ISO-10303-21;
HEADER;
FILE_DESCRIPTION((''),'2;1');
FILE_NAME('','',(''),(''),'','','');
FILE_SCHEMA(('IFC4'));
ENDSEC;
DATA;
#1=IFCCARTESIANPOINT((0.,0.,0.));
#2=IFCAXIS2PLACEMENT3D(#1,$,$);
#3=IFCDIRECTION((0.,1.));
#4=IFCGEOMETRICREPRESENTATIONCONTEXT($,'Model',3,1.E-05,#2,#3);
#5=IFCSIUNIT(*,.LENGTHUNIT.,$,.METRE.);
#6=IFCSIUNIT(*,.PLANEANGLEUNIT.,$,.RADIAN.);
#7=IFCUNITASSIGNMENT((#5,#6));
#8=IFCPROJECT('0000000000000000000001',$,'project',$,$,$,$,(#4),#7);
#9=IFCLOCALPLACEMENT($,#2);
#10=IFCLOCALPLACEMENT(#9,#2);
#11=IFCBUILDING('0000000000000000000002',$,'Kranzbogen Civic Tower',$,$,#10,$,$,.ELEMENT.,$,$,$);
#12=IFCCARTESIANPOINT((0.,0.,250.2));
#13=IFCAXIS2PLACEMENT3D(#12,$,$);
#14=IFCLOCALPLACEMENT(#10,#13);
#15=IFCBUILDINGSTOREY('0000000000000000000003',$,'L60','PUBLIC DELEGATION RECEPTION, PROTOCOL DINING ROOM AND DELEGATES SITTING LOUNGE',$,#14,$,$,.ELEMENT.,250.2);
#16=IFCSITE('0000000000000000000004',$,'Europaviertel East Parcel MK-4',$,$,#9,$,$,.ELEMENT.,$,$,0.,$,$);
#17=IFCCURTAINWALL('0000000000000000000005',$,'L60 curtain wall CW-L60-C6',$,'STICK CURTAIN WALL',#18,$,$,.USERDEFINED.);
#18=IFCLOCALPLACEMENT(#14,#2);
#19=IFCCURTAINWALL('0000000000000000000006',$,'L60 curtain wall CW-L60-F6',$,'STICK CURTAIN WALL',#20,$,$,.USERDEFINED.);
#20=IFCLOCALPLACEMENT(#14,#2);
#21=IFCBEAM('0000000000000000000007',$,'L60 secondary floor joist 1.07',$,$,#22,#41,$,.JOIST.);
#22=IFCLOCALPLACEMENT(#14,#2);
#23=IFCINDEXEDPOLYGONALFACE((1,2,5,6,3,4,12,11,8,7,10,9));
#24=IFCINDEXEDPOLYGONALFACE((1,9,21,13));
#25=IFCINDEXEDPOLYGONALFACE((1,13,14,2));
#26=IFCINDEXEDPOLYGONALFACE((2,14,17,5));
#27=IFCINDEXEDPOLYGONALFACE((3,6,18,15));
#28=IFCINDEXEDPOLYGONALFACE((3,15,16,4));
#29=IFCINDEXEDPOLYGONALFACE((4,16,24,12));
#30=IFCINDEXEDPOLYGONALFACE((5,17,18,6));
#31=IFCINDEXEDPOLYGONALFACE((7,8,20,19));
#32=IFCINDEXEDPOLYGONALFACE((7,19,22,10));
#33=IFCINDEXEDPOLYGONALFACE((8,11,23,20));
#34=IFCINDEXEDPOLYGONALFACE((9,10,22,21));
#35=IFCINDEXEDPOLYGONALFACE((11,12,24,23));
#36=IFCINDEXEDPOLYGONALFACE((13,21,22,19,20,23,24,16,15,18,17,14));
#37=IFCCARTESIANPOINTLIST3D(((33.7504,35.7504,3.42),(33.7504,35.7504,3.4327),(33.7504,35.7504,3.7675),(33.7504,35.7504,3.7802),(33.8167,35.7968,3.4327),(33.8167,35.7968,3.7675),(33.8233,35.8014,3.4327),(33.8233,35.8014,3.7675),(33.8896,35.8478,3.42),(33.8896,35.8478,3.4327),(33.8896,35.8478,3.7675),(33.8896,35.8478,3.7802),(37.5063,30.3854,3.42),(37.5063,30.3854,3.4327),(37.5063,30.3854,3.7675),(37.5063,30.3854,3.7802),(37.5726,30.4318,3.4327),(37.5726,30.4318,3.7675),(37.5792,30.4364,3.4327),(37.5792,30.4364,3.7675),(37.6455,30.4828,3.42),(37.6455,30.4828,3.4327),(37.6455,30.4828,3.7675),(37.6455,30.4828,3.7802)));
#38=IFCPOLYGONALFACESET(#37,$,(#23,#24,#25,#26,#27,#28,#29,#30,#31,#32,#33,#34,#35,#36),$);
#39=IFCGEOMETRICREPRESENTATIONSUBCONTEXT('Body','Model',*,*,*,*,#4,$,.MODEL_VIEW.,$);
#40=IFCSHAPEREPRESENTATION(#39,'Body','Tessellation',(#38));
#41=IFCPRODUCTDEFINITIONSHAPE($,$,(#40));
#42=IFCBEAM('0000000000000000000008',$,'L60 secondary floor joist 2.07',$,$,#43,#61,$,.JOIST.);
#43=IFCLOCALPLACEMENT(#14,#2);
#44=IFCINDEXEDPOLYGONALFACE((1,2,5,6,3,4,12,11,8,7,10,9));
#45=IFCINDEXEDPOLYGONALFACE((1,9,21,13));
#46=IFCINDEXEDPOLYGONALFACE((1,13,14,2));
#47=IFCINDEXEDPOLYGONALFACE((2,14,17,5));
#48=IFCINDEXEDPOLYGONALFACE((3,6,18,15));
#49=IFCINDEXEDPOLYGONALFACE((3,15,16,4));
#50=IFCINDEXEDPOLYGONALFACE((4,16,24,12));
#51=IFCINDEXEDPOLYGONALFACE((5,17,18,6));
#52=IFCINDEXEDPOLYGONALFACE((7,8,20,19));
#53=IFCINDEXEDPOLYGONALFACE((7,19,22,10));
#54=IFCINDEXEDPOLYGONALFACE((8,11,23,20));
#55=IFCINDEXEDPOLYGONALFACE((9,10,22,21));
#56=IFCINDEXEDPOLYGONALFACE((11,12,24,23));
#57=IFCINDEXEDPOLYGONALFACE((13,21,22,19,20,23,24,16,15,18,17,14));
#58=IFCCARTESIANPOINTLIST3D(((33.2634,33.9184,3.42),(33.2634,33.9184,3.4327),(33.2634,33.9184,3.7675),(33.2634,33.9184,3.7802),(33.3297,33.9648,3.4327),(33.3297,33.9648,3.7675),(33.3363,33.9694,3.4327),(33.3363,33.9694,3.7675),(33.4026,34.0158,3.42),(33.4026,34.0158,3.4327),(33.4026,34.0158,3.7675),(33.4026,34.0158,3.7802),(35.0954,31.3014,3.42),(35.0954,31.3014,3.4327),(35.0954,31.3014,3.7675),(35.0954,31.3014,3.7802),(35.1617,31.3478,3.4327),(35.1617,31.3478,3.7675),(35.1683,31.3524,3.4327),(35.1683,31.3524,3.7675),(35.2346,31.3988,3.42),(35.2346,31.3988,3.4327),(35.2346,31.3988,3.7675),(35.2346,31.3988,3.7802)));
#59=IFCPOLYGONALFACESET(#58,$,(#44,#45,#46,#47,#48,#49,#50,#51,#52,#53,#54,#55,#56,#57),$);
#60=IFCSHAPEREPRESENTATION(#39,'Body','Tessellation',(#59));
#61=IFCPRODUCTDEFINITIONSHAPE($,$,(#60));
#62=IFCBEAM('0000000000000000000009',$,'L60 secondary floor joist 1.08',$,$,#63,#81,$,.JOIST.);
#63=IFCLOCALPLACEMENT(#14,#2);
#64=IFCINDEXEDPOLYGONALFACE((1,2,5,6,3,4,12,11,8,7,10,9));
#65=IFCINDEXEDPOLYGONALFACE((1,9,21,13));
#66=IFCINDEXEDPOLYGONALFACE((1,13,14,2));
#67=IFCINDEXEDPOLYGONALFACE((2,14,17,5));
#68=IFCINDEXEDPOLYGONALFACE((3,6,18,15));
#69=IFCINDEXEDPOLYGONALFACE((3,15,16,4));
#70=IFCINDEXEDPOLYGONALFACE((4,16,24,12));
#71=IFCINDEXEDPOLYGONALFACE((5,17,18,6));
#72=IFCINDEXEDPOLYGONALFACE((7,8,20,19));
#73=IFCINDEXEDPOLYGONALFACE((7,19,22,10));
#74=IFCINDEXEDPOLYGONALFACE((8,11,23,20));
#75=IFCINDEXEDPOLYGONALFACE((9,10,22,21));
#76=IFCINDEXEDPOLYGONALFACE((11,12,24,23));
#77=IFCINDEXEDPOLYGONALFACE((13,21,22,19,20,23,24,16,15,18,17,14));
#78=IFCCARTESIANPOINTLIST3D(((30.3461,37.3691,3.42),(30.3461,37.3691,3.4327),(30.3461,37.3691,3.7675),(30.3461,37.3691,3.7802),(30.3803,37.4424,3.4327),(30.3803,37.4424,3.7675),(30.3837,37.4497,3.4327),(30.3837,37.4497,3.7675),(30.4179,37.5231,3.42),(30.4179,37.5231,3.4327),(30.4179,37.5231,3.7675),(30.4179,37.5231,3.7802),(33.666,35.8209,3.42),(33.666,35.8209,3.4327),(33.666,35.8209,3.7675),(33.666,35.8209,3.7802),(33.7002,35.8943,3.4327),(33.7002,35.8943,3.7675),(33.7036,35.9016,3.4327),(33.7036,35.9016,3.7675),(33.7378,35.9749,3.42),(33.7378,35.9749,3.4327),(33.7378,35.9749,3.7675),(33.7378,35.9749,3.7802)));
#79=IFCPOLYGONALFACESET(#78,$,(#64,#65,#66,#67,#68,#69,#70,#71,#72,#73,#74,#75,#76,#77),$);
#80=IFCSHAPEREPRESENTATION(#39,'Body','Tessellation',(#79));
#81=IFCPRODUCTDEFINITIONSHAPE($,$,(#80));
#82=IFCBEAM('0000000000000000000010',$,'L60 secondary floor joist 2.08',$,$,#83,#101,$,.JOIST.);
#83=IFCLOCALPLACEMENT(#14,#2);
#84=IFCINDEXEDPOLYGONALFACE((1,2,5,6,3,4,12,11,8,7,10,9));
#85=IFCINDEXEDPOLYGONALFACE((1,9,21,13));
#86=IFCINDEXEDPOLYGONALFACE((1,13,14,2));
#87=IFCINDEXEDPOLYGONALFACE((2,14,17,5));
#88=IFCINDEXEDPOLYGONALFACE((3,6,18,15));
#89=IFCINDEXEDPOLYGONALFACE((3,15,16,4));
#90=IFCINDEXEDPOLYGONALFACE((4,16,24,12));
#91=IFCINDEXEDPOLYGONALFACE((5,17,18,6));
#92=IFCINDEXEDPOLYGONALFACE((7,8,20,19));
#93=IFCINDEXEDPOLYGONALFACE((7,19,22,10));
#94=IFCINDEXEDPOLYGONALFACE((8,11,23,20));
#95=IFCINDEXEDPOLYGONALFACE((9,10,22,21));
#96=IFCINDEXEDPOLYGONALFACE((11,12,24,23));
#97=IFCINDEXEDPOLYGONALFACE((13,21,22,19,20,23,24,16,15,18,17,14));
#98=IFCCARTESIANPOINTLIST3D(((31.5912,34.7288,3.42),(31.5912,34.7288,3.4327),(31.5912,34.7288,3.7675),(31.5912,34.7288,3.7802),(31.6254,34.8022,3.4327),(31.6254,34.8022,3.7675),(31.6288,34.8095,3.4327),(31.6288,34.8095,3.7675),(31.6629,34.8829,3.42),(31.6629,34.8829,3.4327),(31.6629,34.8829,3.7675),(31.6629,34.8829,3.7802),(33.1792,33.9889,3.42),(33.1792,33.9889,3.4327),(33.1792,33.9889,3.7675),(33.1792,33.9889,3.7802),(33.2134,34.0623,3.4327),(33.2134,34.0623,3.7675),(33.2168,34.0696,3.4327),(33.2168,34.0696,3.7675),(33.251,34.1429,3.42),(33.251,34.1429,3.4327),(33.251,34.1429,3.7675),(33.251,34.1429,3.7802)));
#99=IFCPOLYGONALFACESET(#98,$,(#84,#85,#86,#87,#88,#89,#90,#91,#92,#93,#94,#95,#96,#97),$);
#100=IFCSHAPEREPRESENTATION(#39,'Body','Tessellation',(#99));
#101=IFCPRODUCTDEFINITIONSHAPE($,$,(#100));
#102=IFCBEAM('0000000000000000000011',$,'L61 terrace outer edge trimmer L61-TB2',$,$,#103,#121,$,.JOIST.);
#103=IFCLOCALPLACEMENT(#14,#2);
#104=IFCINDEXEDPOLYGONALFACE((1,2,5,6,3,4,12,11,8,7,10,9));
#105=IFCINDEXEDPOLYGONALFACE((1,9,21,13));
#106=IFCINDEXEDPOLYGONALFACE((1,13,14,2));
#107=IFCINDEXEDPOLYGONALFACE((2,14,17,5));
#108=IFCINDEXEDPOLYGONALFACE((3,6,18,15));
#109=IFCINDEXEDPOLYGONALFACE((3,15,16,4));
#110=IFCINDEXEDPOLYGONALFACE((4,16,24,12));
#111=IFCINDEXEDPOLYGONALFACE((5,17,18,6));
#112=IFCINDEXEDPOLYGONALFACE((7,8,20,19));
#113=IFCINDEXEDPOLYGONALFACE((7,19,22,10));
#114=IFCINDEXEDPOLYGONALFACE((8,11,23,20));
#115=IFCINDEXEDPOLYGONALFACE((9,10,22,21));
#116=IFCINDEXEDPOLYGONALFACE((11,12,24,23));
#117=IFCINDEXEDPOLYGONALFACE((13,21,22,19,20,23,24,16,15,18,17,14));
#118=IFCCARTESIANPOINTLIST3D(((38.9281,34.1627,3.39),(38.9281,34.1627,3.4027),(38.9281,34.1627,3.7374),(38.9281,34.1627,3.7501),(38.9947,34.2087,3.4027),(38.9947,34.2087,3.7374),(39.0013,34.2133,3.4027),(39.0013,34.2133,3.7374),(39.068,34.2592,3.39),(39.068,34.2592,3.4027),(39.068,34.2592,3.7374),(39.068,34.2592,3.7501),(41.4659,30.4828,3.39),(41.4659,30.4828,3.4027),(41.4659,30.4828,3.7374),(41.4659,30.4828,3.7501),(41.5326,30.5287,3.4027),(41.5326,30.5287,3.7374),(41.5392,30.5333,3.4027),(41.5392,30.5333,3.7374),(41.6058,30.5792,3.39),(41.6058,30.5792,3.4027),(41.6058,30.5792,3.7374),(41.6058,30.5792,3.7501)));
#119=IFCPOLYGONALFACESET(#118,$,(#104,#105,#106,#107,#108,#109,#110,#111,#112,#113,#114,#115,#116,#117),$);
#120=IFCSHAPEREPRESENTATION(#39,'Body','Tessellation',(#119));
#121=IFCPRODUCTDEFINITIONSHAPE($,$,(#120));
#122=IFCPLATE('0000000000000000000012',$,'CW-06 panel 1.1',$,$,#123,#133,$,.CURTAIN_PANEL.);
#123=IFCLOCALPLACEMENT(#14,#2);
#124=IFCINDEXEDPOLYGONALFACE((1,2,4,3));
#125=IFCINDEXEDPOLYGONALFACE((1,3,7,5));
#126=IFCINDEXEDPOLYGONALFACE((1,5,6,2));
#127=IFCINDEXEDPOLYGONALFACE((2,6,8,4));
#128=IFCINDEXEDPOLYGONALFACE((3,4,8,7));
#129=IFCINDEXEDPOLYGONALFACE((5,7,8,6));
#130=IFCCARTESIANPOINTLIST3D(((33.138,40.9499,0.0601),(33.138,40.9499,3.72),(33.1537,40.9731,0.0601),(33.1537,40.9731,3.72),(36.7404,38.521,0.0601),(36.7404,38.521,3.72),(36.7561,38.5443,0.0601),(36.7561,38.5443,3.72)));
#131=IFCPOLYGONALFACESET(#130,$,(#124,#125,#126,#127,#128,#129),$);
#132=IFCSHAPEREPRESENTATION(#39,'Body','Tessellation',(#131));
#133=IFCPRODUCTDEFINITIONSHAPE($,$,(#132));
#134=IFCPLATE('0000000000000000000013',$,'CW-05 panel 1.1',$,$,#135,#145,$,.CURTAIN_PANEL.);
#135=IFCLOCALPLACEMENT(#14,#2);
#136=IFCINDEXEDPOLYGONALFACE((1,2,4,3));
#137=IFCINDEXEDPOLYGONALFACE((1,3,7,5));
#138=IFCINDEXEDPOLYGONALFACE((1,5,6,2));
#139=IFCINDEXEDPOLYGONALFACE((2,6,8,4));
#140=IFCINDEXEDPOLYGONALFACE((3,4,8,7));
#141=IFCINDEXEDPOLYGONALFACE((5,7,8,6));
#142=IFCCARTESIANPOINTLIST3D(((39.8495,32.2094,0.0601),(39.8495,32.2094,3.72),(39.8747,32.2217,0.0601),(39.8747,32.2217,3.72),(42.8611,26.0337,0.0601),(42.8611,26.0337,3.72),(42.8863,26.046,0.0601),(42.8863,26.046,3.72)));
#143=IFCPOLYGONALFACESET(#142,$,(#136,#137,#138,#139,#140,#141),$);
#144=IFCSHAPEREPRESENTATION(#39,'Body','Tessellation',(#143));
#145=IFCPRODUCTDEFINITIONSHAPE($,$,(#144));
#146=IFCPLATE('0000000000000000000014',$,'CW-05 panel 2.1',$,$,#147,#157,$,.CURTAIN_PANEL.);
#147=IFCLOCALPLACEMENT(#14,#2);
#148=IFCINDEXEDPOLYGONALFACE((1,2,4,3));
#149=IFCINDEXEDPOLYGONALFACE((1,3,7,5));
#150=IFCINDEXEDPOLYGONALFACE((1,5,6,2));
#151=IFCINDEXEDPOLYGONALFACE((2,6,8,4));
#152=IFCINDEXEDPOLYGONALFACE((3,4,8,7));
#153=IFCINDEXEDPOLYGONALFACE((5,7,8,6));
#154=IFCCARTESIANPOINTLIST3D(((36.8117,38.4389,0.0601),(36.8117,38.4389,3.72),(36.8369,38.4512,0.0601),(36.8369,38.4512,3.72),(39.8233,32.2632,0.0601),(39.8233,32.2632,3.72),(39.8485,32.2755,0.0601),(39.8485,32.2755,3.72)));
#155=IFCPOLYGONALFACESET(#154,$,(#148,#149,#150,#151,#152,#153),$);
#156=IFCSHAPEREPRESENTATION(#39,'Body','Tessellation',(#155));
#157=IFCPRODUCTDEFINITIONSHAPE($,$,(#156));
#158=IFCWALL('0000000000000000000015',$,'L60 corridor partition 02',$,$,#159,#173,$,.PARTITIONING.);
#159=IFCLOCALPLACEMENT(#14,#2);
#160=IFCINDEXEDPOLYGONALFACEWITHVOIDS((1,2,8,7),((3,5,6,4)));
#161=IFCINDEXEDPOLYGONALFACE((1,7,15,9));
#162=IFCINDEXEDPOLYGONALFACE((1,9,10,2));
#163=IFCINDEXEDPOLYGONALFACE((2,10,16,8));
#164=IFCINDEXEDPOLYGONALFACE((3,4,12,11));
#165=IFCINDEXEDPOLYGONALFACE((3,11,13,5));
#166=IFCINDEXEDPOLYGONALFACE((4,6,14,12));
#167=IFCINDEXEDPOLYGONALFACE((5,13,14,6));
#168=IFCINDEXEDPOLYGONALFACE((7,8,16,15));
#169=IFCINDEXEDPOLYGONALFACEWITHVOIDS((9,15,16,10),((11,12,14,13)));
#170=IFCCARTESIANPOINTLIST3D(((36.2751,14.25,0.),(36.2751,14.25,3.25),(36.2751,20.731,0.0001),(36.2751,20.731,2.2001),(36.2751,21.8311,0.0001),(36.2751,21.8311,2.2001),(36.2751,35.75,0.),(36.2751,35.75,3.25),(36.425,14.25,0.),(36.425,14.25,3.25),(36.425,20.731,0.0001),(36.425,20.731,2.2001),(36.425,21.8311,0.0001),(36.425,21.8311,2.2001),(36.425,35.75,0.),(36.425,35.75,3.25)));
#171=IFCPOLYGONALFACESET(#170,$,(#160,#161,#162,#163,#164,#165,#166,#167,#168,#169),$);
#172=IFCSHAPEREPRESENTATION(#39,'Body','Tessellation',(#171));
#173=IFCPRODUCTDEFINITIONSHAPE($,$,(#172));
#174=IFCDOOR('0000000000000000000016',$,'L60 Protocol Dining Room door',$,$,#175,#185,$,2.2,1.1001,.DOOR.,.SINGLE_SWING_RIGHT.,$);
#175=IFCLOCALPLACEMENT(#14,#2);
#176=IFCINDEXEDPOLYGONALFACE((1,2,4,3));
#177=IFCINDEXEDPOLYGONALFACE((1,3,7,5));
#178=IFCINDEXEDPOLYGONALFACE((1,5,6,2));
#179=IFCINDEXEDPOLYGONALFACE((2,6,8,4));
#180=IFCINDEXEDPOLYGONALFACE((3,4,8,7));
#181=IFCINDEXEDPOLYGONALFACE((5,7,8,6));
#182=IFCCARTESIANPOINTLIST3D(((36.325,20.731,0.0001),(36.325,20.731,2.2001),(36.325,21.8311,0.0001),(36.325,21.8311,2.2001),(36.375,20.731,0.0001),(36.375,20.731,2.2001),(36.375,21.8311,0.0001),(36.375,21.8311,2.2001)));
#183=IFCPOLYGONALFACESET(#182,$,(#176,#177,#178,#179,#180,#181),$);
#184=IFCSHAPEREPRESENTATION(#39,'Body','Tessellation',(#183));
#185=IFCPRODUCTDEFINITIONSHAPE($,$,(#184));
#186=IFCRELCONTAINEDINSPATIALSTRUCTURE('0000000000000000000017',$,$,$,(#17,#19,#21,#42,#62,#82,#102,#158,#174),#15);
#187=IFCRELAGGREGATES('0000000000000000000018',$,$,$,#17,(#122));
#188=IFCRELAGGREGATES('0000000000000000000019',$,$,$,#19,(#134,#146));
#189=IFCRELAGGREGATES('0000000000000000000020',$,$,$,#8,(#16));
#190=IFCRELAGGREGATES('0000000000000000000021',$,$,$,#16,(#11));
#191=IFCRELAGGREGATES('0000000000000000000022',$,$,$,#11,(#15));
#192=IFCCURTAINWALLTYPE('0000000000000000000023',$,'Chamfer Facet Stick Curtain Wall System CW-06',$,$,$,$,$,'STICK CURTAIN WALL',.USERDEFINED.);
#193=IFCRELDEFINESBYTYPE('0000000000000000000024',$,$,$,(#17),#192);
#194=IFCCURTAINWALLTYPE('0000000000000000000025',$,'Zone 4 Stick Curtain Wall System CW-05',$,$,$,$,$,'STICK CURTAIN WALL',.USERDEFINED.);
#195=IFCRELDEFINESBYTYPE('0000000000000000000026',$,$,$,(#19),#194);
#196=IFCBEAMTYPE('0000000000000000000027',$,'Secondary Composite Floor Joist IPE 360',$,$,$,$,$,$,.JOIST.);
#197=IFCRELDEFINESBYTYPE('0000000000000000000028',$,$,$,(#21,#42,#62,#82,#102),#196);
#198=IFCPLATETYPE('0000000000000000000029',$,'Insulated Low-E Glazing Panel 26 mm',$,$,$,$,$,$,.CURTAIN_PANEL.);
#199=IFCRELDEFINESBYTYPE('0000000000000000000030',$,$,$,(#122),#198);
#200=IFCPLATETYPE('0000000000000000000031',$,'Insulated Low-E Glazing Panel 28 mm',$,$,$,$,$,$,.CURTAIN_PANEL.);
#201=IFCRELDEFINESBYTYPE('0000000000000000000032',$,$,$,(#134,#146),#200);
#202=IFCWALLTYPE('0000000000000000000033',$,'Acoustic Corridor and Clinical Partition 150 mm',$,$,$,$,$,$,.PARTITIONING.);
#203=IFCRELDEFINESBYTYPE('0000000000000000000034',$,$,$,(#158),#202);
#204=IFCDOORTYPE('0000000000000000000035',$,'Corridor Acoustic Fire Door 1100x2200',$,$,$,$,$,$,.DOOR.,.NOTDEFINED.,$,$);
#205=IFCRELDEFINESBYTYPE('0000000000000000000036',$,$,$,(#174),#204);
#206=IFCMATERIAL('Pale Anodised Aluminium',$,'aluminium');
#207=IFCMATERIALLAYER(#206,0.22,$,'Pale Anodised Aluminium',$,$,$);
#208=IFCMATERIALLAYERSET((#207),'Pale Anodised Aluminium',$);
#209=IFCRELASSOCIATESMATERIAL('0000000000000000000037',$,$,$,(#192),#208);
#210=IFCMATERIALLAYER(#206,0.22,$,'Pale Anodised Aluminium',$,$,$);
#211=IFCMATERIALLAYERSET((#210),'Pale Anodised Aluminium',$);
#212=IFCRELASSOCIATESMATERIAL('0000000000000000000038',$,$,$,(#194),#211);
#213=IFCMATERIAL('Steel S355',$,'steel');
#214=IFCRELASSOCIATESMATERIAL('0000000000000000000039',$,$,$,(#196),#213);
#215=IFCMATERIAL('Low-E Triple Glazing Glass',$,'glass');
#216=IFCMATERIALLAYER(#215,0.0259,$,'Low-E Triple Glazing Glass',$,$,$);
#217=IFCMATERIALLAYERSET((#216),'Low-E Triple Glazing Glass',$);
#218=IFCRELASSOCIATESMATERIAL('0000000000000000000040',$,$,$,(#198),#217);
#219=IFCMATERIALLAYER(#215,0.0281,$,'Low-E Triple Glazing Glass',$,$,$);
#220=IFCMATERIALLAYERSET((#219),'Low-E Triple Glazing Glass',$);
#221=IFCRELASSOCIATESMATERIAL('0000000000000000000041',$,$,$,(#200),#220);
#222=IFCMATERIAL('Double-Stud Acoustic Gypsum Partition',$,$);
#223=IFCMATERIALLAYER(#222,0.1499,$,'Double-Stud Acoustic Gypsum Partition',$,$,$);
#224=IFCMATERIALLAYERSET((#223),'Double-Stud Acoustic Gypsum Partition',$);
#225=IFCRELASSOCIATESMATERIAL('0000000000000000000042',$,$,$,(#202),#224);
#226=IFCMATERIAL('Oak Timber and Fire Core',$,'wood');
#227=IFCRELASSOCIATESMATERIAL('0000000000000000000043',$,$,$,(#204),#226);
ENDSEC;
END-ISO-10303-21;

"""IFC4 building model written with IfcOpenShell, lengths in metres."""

from ifc_helpers import new_model, si_unit, direction, frame, frame_2d, origin, origin_2d, place, context, subcontext, project, spatial, rectangle, i_section, extrude, material, layer, layer_set, material_profile, profile_set, type_object, element, fill, aggregate, save


model = new_model("IFC4")

# Units and contexts
model_context = context("Model", 3, precision=1e-05, world=origin(), true_north=direction((0.0, 1.0)))
body_context = subcontext(model_context, "Body", "Model", "MODEL_VIEW")
ifc_project = project(units=[si_unit("LENGTHUNIT", "METRE"), si_unit("PLANEANGLEUNIT", "RADIAN")], contexts=[model_context])

# Site, building, storey
site_placement = place(None, origin())
site = spatial("IfcSite", under=ifc_project, at=site_placement, Name="Europaviertel East Parcel MK-4", CompositionType="ELEMENT", RefElevation=0.0)
building_placement = place(site_placement, origin())
building = spatial("IfcBuilding", under=site, at=building_placement, Name="Kranzbogen Civic Tower", CompositionType="ELEMENT")
storey_placement = place(building_placement, frame((0.0, 0.0, 250.2)))
storey = spatial("IfcBuildingStorey", under=building, at=storey_placement, Name="L60", Description="PUBLIC DELEGATION RECEPTION, PROTOCOL DINING ROOM AND DELEGATES SITTING LOUNGE", CompositionType="ELEMENT", Elevation=250.2)

# Shared definitions
ifc_material_1 = material(Name="Steel S355", Category="steel")

# Shared definitions
ifc_material_2 = material(Name="Pale Anodised Aluminium", Category="aluminium")
ifc_layer_1 = layer(ifc_material_2, 0.22, Name="Pale Anodised Aluminium")
ifc_layer_set_1 = layer_set([ifc_layer_1], Name="Pale Anodised Aluminium")
curtain_wall_type_1 = type_object("IfcCurtainWallType", Name="Chamfer Facet Stick Curtain Wall System CW-06", ElementType="STICK CURTAIN WALL", PredefinedType="USERDEFINED", material=ifc_layer_set_1)

# Curtain wall
curtain_wall_1_placement = place(storey_placement, origin())
curtain_wall_1 = element("IfcCurtainWall", 1, at=curtain_wall_1_placement, inside=storey, type_object=curtain_wall_type_1, Name="L60 curtain wall CW-L60-C6", ObjectType="STICK CURTAIN WALL", PredefinedType="USERDEFINED")

# Shared definitions
ifc_layer_2 = layer(ifc_material_2, 0.22, Name="Pale Anodised Aluminium")
ifc_layer_set_2 = layer_set([ifc_layer_2], Name="Pale Anodised Aluminium")
curtain_wall_type_2 = type_object("IfcCurtainWallType", Name="Zone 4 Stick Curtain Wall System CW-05", ElementType="STICK CURTAIN WALL", PredefinedType="USERDEFINED", material=ifc_layer_set_2)

# Curtain wall
curtain_wall_2_placement = place(storey_placement, origin())
curtain_wall_2 = element("IfcCurtainWall", 2, at=curtain_wall_2_placement, inside=storey, type_object=curtain_wall_type_2, Name="L60 curtain wall CW-L60-F6", ObjectType="STICK CURTAIN WALL", PredefinedType="USERDEFINED")

# Beams
ifc_material_profile_1 = material_profile(ifc_material_1, i_section(OverallWidth=0.1699, OverallDepth=0.3601, WebThickness=0.0081, FlangeThickness=0.0127, at=origin_2d()), Name="IPE 360")
ifc_profile_set_1 = profile_set([ifc_material_profile_1], Name="Steel S355")
beam_type_1 = type_object("IfcBeamType", Name="Secondary Composite Floor Joist IPE 360", PredefinedType="JOIST", material=ifc_profile_set_1)
beam_1_placement = place(storey_placement, frame((37.5759, 30.4341, 3.6001), z_axis=(-0.5735, 0.819206, 0.0), x_axis=(-0.819206, -0.5735, 0.0)))
element("IfcBeam", 3, at=beam_1_placement, inside=storey, type_object=beam_type_1, Name="L60 secondary floor joist 1.07", PredefinedType="JOIST", context=body_context, shape_type="SweptSolid", body=[
    extrude(i_section(OverallWidth=0.1699, OverallDepth=0.3601, WebThickness=0.0081, FlangeThickness=0.0127, at=origin_2d()), origin(), (0.0, 0.0, 1.0), 6.5491),
])
beam_2_placement = place(storey_placement, frame((35.165, 31.3501, 3.6001), z_axis=(-0.573498, 0.819207, 0.0), x_axis=(-0.819207, -0.573498, 0.0)))
element("IfcBeam", 4, at=beam_2_placement, inside=storey, type_object=beam_type_1, Name="L60 secondary floor joist 2.07", PredefinedType="JOIST", context=body_context, shape_type="SweptSolid", body=[
    extrude(i_section(OverallWidth=0.1699, OverallDepth=0.3601, WebThickness=0.0081, FlangeThickness=0.0127, at=origin_2d()), origin(), (0.0, 0.0, 1.0), 3.1946),
])
beam_3_placement = place(storey_placement, frame((33.7019, 35.8979, 3.6001), z_axis=(-0.906304, 0.422626, 0.0), x_axis=(-0.422626, -0.906304, 0.0)))
element("IfcBeam", 5, at=beam_3_placement, inside=storey, type_object=beam_type_1, Name="L60 secondary floor joist 1.08", PredefinedType="JOIST", context=body_context, shape_type="SweptSolid", body=[
    extrude(i_section(OverallWidth=0.1699, OverallDepth=0.3601, WebThickness=0.0081, FlangeThickness=0.0127, at=origin_2d()), origin(), (0.0, 0.0, 1.0), 3.6631),
])
beam_4_placement = place(storey_placement, frame((33.2151, 34.0659, 3.6001), z_axis=(-0.906432, 0.422351, 0.0), x_axis=(-0.422351, -0.906432, 0.0)))
element("IfcBeam", 6, at=beam_4_placement, inside=storey, type_object=beam_type_1, Name="L60 secondary floor joist 2.08", PredefinedType="JOIST", context=body_context, shape_type="SweptSolid", body=[
    extrude(i_section(OverallWidth=0.1699, OverallDepth=0.3601, WebThickness=0.0081, FlangeThickness=0.0127, at=origin_2d()), origin(), (0.0, 0.0, 1.0), 1.752),
])
beam_5_placement = place(storey_placement, frame((41.5359, 30.531, 3.5701), z_axis=(-0.567727, 0.823217, 0.0), x_axis=(-0.823217, -0.567727, 0.0)))
element("IfcBeam", 7, at=beam_5_placement, inside=storey, type_object=beam_type_1, Name="L61 terrace outer edge trimmer L61-TB2", PredefinedType="JOIST", context=body_context, shape_type="SweptSolid", body=[
    extrude(i_section(OverallWidth=0.1699, OverallDepth=0.3601, WebThickness=0.0081, FlangeThickness=0.0127, at=origin_2d()), origin(), (0.0, 0.0, 1.0), 4.4702),
])

# Plates
ifc_material_3 = material(Name="Low-E Triple Glazing Glass", Category="glass")
ifc_layer_3 = layer(ifc_material_3, 0.0259, Name="Low-E Triple Glazing Glass")
ifc_layer_set_3 = layer_set([ifc_layer_3], Name="Low-E Triple Glazing Glass")
plate_type_1 = type_object("IfcPlateType", Name="Insulated Low-E Glazing Panel 26 mm", PredefinedType="CURTAIN_PANEL", material=ifc_layer_set_3)
plate_1_placement = place(storey_placement, frame((34.947, 39.7471, 0.0601), z_axis=(0.0, 0.0, 1.0), x_axis=(-0.829145, 0.559034, 0.0)))
plate_1 = element("IfcPlate", 8, at=plate_1_placement, type_object=plate_type_1, Name="CW-06 panel 1.1", PredefinedType="CURTAIN_PANEL", context=body_context, shape_type="SweptSolid", body=[
    extrude(rectangle(XDim=4.3447, YDim=0.0281, at=origin_2d()), origin(), (0.0, 0.0, 1.0), 3.6599),
])
aggregate(curtain_wall_1, [plate_1])
ifc_layer_4 = layer(ifc_material_3, 0.0281, Name="Low-E Triple Glazing Glass")
ifc_layer_set_4 = layer_set([ifc_layer_4], Name="Low-E Triple Glazing Glass")
plate_type_2 = type_object("IfcPlateType", Name="Insulated Low-E Glazing Panel 28 mm", PredefinedType="CURTAIN_PANEL", material=ifc_layer_set_4)
plate_2_placement = place(storey_placement, frame((41.3679, 29.1277, 0.0601), z_axis=(0.0, 0.0, 1.0), x_axis=(-0.438313, 0.898822, 0.0)))
plate_2 = element("IfcPlate", 9, at=plate_2_placement, type_object=plate_type_2, Name="CW-05 panel 1.1", PredefinedType="CURTAIN_PANEL", context=body_context, shape_type="SweptSolid", body=[
    extrude(rectangle(XDim=6.8708, YDim=0.0281, at=origin_2d()), origin(), (0.0, 0.0, 1.0), 3.6599),
])
plate_3_placement = place(storey_placement, frame((38.3301, 35.3572, 0.0601), z_axis=(0.0, 0.0, 1.0), x_axis=(-0.438313, 0.898822, 0.0)))
plate_3 = element("IfcPlate", 10, at=plate_3_placement, type_object=plate_type_2, Name="CW-05 panel 2.1", PredefinedType="CURTAIN_PANEL", context=body_context, shape_type="SweptSolid", body=[
    extrude(rectangle(XDim=6.8708, YDim=0.0281, at=origin_2d()), origin(), (0.0, 0.0, 1.0), 3.6599),
])
aggregate(curtain_wall_2, [plate_2, plate_3])

# Wall, opening, door
ifc_material_4 = material(Name="Double-Stud Acoustic Gypsum Partition")
ifc_layer_5 = layer(ifc_material_4, 0.1499, Name="Double-Stud Acoustic Gypsum Partition")
ifc_layer_set_5 = layer_set([ifc_layer_5], Name="Double-Stud Acoustic Gypsum Partition")
wall_type_1 = type_object("IfcWallType", Name="Acoustic Corridor and Clinical Partition 150 mm", PredefinedType="PARTITIONING", material=ifc_layer_set_5)
wall_1_placement = place(storey_placement, frame((36.3501, 35.75, 0.0), z_axis=(0.0, 0.0, 1.0), x_axis=(0.0, -1.0, 0.0)))
wall_1 = element("IfcWall", 11, at=wall_1_placement, inside=storey, type_object=wall_type_1, Name="L60 corridor partition 02", PredefinedType="PARTITIONING", context=body_context, shape_type="SweptSolid", body=[
    extrude(rectangle(XDim=21.5, YDim=0.1499, at=frame_2d((10.75, 0.0))), origin(), (0.0, 0.0, 1.0), 3.25),
])
opening_placement = place(wall_1_placement, frame((13.9189, 0.0, 0.0)))
opening = element("IfcOpeningElement", 12, at=opening_placement, cuts=wall_1, PredefinedType="OPENING", context=body_context, shape_type="SweptSolid", body=[
    extrude(rectangle(XDim=1.1001, YDim=2.2, at=frame_2d((0.55, 1.1001))), frame((0.0, 0.085, 0.0), z_axis=(0.0, -1.0, 0.0), x_axis=(1.0, 0.0, 0.0)), (0.0, 0.0, 1.0), 0.1699),
])
ifc_material_5 = material(Name="Oak Timber and Fire Core", Category="wood")
door_type = type_object("IfcDoorType", Name="Corridor Acoustic Fire Door 1100x2200", OperationType="NOTDEFINED", PredefinedType="DOOR", material=ifc_material_5)
door_placement = place(opening_placement, origin())
door = element("IfcDoor", 13, at=door_placement, inside=storey, type_object=door_type, Name="L60 Protocol Dining Room door", OperationType="SINGLE_SWING_RIGHT", OverallHeight=2.2, OverallWidth=1.1001, PredefinedType="DOOR", context=body_context, shape_type="SweptSolid", body=[
    extrude(rectangle(XDim=1.1001, YDim=2.2, at=frame_2d((0.55, 1.1001))), frame((0.0, 0.0249, 0.0), z_axis=(0.0, -1.0, 0.0), x_axis=(1.0, 0.0, 0.0)), (0.0, 0.0, 1.0), 0.05),
])
fill(opening, door)

save(model, "model.ifc")
